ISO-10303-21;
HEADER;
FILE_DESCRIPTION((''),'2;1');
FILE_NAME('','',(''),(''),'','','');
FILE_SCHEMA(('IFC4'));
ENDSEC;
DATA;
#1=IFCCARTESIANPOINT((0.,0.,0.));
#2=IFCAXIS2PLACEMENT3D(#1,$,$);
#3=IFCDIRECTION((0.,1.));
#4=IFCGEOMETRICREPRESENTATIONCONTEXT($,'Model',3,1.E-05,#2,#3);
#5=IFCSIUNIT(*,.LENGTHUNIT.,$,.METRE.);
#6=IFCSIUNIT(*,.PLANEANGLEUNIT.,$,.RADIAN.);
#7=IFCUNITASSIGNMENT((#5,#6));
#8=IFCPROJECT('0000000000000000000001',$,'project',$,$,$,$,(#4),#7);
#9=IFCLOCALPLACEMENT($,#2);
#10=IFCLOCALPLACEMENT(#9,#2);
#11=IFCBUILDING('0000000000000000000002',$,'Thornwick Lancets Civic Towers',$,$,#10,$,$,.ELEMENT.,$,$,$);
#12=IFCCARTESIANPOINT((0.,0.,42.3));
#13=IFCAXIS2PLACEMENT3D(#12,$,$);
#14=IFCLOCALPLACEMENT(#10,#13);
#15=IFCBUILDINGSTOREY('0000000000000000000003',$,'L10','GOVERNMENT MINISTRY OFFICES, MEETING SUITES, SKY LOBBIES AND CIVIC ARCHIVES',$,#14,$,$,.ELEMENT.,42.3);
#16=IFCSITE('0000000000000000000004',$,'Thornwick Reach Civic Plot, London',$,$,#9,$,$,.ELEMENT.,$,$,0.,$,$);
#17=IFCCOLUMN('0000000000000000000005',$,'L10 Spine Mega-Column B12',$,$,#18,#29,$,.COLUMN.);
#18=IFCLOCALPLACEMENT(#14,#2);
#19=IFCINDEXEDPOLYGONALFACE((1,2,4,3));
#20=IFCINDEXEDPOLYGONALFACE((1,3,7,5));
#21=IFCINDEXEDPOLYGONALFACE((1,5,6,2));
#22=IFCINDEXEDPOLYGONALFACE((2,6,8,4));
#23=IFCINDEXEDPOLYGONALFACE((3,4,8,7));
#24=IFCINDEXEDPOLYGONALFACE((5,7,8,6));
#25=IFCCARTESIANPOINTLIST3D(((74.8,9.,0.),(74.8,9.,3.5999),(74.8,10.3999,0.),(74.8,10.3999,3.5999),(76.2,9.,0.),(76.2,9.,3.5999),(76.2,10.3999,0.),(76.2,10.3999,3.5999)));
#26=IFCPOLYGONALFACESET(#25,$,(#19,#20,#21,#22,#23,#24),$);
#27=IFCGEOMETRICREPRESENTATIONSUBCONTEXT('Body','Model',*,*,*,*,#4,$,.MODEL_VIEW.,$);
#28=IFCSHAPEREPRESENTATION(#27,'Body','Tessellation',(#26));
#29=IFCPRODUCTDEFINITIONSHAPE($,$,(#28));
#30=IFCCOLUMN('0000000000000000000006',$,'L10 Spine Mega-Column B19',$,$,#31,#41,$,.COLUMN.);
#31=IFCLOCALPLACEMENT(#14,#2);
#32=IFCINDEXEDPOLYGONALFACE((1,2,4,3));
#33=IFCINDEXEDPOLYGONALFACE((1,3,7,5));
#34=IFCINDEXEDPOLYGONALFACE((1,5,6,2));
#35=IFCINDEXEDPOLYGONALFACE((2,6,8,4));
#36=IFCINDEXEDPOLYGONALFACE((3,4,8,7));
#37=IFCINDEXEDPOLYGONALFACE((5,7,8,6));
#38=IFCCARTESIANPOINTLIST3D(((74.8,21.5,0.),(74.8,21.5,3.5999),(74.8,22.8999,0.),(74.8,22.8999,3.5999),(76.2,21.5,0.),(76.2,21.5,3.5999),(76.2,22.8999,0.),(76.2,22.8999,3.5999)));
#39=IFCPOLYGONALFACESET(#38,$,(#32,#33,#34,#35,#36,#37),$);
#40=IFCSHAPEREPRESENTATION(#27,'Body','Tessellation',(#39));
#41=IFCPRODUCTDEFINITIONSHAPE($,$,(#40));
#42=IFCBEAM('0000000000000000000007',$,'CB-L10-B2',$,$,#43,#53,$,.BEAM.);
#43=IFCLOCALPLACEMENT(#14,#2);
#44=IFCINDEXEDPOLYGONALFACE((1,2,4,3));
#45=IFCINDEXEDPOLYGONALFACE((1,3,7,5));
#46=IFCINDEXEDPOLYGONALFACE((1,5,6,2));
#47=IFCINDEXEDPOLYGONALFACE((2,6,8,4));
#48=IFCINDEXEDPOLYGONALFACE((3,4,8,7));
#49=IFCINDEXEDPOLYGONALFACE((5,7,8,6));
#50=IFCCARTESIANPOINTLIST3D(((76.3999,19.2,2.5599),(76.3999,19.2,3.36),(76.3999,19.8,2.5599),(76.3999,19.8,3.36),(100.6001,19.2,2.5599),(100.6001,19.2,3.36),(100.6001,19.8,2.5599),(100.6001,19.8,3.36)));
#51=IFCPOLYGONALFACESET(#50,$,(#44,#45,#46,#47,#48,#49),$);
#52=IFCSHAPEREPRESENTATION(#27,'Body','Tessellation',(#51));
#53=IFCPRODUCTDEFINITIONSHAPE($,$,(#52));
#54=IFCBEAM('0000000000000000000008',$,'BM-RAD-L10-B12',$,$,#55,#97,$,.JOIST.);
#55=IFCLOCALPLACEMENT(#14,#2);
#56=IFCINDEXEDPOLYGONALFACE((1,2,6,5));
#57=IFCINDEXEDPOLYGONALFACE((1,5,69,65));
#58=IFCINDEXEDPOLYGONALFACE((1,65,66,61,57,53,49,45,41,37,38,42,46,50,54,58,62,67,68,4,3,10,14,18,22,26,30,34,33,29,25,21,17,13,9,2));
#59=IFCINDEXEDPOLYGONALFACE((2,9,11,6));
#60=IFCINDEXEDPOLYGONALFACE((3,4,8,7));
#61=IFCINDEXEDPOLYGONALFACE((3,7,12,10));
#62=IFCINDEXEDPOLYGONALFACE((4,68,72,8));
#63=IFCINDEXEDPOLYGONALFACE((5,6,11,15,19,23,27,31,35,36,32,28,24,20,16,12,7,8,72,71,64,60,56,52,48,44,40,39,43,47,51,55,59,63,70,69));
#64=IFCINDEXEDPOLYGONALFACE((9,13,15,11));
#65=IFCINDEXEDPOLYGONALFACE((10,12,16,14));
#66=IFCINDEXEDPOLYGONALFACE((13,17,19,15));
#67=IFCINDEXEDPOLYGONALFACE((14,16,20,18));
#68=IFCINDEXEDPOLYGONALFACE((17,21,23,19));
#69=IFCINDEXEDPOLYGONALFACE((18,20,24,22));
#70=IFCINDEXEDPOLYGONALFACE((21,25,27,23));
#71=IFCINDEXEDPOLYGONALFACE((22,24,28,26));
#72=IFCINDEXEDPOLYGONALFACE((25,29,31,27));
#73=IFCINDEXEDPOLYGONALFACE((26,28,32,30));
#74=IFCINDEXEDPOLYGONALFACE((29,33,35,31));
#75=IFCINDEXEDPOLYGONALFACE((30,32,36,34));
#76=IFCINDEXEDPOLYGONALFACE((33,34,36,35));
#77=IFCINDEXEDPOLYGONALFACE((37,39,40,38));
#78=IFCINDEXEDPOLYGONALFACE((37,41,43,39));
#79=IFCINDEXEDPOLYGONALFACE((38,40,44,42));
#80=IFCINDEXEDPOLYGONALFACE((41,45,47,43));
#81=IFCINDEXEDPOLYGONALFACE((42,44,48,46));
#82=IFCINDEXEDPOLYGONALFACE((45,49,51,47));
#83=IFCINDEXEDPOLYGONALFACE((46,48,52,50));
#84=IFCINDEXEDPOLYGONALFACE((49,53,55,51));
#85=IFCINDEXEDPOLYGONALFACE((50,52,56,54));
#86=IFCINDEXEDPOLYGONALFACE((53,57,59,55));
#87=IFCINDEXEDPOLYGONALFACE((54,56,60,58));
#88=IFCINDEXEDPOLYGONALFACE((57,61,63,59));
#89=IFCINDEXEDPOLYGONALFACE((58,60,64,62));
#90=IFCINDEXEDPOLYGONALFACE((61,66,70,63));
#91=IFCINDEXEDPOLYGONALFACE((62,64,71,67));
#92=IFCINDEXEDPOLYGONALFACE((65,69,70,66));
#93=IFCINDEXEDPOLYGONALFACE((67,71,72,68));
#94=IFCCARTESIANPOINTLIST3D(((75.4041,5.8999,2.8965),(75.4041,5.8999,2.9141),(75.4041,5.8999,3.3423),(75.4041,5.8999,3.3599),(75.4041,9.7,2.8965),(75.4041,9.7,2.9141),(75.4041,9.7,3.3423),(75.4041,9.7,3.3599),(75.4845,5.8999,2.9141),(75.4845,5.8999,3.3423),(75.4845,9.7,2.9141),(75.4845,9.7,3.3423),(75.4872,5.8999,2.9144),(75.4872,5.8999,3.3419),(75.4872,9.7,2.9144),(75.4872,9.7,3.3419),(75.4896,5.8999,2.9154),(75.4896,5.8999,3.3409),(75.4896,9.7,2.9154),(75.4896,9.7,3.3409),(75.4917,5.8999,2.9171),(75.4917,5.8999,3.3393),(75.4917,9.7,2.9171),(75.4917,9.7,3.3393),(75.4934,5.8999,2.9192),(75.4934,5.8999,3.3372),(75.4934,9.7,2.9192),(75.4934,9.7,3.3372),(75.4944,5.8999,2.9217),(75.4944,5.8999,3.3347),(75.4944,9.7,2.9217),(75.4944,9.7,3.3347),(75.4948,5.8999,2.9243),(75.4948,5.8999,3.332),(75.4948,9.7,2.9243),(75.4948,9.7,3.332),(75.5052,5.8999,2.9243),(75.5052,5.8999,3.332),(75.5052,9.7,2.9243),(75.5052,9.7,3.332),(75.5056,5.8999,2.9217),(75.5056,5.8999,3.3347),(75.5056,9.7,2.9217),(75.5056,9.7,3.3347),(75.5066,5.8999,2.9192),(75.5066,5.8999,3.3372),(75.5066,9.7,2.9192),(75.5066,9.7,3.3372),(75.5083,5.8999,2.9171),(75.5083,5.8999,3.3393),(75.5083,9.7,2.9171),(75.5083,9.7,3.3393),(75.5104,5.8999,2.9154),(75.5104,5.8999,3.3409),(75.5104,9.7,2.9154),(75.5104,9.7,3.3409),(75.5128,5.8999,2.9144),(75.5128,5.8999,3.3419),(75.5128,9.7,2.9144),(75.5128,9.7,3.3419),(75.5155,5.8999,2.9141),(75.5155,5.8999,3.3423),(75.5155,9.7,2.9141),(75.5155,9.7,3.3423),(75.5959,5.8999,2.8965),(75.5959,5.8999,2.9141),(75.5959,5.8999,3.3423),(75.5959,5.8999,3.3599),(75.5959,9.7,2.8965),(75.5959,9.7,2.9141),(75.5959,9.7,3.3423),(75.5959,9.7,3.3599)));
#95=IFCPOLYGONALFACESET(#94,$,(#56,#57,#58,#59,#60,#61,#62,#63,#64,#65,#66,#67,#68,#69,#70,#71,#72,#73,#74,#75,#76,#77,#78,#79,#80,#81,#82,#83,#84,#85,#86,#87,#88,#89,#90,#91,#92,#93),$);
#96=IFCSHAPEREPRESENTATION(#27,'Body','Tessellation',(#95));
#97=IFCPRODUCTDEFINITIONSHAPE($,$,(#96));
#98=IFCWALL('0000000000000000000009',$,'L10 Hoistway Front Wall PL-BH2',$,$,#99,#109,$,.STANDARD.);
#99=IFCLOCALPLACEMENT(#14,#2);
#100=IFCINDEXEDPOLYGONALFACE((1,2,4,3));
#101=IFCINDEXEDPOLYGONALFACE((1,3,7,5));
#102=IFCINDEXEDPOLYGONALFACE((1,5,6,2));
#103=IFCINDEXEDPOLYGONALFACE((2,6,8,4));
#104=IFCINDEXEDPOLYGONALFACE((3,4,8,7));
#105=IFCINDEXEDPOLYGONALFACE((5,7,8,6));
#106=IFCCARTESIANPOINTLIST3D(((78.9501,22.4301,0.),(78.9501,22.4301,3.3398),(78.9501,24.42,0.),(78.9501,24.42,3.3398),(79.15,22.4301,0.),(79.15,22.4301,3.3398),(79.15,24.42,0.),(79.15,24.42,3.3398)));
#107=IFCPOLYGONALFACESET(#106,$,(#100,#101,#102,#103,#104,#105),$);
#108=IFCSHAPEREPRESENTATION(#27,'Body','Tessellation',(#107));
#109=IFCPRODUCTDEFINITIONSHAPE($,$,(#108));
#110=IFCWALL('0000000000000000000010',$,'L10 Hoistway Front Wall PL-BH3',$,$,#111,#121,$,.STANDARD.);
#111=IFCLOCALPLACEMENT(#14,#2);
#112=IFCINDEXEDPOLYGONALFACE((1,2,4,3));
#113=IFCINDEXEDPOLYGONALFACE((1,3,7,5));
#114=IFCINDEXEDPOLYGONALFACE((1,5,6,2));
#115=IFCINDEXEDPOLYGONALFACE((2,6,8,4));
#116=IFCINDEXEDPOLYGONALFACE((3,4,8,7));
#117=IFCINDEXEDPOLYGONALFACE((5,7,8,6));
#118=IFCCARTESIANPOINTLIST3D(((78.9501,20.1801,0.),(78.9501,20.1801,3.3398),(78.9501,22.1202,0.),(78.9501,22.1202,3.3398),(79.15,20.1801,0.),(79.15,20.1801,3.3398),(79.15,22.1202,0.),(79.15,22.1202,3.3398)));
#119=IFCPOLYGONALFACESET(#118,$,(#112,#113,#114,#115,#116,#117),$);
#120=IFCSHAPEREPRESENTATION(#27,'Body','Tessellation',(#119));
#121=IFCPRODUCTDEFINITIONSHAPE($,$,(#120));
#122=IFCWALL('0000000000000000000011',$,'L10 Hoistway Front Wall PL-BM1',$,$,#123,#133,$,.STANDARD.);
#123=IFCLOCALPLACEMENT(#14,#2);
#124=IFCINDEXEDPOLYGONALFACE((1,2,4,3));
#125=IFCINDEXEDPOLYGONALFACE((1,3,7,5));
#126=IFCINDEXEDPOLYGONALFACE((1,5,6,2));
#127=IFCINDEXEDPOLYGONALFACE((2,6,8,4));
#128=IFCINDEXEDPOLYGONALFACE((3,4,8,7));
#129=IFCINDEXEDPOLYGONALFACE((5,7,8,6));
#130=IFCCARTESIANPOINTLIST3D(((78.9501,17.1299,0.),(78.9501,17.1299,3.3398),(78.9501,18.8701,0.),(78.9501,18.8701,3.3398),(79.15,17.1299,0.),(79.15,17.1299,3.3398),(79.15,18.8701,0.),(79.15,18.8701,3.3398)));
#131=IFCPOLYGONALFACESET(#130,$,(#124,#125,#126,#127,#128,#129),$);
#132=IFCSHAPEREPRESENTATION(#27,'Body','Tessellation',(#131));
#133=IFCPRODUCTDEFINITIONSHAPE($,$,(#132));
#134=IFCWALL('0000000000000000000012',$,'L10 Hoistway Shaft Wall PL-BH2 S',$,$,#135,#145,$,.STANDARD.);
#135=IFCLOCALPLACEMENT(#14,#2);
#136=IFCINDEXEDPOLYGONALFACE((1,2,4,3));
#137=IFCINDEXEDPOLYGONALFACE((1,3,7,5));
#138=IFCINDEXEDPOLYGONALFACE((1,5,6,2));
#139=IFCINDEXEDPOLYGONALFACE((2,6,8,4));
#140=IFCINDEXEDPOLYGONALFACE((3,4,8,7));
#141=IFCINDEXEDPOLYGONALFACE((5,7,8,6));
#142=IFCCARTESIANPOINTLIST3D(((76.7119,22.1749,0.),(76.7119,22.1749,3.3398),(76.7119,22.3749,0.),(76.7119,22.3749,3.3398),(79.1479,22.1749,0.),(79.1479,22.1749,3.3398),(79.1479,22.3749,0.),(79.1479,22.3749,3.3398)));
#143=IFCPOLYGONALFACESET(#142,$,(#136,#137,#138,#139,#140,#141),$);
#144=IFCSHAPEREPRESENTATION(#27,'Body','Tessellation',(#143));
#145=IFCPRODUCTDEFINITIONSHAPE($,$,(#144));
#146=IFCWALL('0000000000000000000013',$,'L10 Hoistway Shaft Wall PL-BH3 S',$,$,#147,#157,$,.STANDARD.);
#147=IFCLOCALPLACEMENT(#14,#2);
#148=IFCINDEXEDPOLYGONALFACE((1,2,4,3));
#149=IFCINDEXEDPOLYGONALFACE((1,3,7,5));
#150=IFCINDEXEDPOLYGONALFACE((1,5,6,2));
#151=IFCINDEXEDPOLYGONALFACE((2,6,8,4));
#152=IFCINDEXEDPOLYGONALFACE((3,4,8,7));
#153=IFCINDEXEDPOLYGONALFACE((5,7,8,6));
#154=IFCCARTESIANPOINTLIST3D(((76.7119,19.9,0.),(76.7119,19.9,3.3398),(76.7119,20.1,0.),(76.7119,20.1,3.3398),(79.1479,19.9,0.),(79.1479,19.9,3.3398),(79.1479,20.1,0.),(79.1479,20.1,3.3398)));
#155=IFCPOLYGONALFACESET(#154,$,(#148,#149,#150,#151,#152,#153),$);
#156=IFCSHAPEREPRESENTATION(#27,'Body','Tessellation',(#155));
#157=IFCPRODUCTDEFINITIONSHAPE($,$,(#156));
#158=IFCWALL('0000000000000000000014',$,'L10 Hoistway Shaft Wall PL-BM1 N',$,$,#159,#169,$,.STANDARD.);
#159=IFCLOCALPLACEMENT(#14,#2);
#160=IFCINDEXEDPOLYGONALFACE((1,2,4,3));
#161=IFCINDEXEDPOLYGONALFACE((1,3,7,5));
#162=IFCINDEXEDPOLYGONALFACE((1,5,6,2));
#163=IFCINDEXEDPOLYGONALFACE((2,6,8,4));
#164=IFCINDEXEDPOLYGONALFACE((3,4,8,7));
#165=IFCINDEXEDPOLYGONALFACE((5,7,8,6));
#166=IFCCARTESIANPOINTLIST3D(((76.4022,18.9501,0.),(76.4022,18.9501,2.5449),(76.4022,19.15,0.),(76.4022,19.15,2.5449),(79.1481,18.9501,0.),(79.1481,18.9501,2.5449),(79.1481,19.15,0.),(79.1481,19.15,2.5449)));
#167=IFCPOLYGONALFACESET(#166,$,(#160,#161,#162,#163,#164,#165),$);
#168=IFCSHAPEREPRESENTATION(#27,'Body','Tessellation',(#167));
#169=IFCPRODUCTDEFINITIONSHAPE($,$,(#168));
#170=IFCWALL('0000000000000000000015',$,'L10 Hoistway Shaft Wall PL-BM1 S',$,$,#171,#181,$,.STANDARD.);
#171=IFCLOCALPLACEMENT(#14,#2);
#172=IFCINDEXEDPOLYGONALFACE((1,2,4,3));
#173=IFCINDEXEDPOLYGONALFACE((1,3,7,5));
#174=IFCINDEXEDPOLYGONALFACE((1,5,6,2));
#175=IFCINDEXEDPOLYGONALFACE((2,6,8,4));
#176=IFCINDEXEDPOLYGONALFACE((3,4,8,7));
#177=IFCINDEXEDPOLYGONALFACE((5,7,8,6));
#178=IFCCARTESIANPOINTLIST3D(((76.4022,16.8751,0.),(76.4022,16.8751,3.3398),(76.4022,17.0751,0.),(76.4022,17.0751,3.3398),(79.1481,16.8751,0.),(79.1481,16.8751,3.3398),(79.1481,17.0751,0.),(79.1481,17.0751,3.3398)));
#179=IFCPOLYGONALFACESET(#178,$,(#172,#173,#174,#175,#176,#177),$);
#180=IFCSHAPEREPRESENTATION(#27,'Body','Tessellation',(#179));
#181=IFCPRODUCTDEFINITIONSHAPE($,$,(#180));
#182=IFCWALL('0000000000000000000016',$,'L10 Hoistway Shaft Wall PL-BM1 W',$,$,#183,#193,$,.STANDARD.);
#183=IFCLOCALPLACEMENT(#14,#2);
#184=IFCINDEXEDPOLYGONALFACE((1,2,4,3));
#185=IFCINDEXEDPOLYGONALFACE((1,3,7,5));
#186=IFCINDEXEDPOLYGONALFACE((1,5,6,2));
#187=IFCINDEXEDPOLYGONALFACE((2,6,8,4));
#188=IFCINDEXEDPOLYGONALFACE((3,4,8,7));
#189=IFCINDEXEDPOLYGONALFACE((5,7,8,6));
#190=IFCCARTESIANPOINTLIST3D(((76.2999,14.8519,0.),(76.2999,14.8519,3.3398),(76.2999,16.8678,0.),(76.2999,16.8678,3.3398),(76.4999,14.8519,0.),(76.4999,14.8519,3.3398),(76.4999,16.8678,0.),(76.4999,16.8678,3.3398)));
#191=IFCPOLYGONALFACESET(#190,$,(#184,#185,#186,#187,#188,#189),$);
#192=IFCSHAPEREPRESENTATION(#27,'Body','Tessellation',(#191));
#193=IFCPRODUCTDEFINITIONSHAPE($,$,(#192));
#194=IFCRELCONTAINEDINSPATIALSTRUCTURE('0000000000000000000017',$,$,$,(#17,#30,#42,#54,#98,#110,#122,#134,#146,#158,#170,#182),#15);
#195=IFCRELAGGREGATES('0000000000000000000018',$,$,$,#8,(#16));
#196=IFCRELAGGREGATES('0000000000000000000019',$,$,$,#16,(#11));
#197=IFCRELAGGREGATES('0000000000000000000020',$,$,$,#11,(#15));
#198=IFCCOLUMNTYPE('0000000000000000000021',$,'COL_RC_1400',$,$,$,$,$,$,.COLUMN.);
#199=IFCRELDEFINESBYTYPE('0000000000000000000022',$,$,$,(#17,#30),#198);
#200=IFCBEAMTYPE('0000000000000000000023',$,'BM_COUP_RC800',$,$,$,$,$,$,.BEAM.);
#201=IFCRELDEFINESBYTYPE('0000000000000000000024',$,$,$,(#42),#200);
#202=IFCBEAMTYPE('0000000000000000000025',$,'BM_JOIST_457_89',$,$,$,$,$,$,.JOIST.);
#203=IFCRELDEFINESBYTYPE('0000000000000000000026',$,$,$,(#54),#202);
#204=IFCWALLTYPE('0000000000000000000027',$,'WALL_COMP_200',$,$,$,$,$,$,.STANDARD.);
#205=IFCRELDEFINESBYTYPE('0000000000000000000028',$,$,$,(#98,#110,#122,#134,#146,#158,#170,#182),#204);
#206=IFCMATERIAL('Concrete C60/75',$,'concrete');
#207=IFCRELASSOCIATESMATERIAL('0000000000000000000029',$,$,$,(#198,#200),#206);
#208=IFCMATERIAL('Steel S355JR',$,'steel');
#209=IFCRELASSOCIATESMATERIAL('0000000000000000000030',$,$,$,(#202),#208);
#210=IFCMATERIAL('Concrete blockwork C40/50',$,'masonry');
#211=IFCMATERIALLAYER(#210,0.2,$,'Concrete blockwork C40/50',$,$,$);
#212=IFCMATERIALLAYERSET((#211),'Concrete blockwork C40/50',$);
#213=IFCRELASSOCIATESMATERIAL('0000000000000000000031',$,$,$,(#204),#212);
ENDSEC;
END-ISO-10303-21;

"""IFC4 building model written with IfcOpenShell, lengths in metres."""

from ifc_helpers import new_model, si_unit, direction, frame, frame_2d, origin, origin_2d, place, context, subcontext, project, spatial, rectangle, i_section, extrude, material, layer, layer_set, material_profile, profile_set, type_object, element, save


model = new_model("IFC4")

# Units and contexts
model_context = context("Model", 3, precision=1e-05, world=origin(), true_north=direction((0.0, 1.0)))
body_context = subcontext(model_context, "Body", "Model", "MODEL_VIEW")
ifc_project = project(units=[si_unit("LENGTHUNIT", "METRE"), si_unit("PLANEANGLEUNIT", "RADIAN")], contexts=[model_context])

# Site, building, storey
site_placement = place(None, origin())
site = spatial("IfcSite", under=ifc_project, at=site_placement, Name="Thornwick Reach Civic Plot, London", CompositionType="ELEMENT", RefElevation=0.0)
building_placement = place(site_placement, origin())
building = spatial("IfcBuilding", under=site, at=building_placement, Name="Thornwick Lancets Civic Towers", CompositionType="ELEMENT")
storey_placement = place(building_placement, frame((0.0, 0.0, 42.3)))
storey = spatial("IfcBuildingStorey", under=building, at=storey_placement, Name="L10", Description="GOVERNMENT MINISTRY OFFICES, MEETING SUITES, SKY LOBBIES AND CIVIC ARCHIVES", CompositionType="ELEMENT", Elevation=42.3)

# Columns
ifc_material_1 = material(Name="Concrete C60/75", Category="concrete")
ifc_material_profile_1 = material_profile(ifc_material_1, rectangle(XDim=1.3999, YDim=1.3999, at=origin_2d()), Name="RC 1400x1400")
ifc_profile_set_1 = profile_set([ifc_material_profile_1], Name="Concrete C60/75")
column_type = type_object("IfcColumnType", Name="COL_RC_1400", PredefinedType="COLUMN", material=ifc_profile_set_1)
for number, where, z_axis, x_axis, name in (
    (1, (75.5, 9.7, 0.0), (0.0, 0.0, 1.0), (1.0, 0.0, 0.0), "L10 Spine Mega-Column B12"),
    (2, (75.5, 22.2, 0.0), (0.0, 0.0, 1.0), (1.0, 0.0, 0.0), "L10 Spine Mega-Column B19"),
):
    element("IfcColumn", number, at=place(storey_placement, frame(where, z_axis=z_axis, x_axis=x_axis)), inside=storey, type_object=column_type, Name=name, PredefinedType="COLUMN", context=body_context, shape_type="SweptSolid", body=[
        extrude(rectangle(XDim=1.3999, YDim=1.3999, at=origin_2d()), origin(), (0.0, 0.0, 1.0), 3.5999),
    ])

# Beams
ifc_material_profile_2 = material_profile(ifc_material_1, rectangle(XDim=0.6001, YDim=0.8, at=origin_2d()), Name="RC 600x800")
ifc_profile_set_2 = profile_set([ifc_material_profile_2], Name="Concrete C60/75")
beam_type_1 = type_object("IfcBeamType", Name="BM_COUP_RC800", PredefinedType="BEAM", material=ifc_profile_set_2)
beam_1_placement = place(storey_placement, frame((76.3999, 19.5, 2.96), z_axis=(1.0, 0.0, 0.0), x_axis=(0.0, 1.0, 0.0)))
element("IfcBeam", 3, at=beam_1_placement, inside=storey, type_object=beam_type_1, Name="CB-L10-B2", PredefinedType="BEAM", context=body_context, shape_type="SweptSolid", body=[
    extrude(rectangle(XDim=0.6001, YDim=0.8, at=origin_2d()), origin(), (0.0, 0.0, 1.0), 24.2002),
])
ifc_material_2 = material(Name="Steel S355JR", Category="steel")
ifc_material_profile_3 = material_profile(ifc_material_2, i_section(OverallWidth=0.1919, OverallDepth=0.4634, WebThickness=0.0105, FlangeThickness=0.0176, FilletRadius=0.0103, at=origin_2d()), Name="UKB 457x191x89")
ifc_profile_set_3 = profile_set([ifc_material_profile_3], Name="Steel S355JR")
beam_type_2 = type_object("IfcBeamType", Name="BM_JOIST_457_89", PredefinedType="JOIST", material=ifc_profile_set_3)
beam_2_placement = place(storey_placement, frame((75.5, 9.7, 3.1282), z_axis=(0.0, -1.0, 0.0), x_axis=(1.0, 0.0, 0.0)))
element("IfcBeam", 4, at=beam_2_placement, inside=storey, type_object=beam_type_2, Name="BM-RAD-L10-B12", PredefinedType="JOIST", context=body_context, shape_type="SweptSolid", body=[
    extrude(i_section(OverallWidth=0.1919, OverallDepth=0.4634, WebThickness=0.0105, FlangeThickness=0.0176, FilletRadius=0.0103, at=origin_2d()), origin(), (0.0, 0.0, 1.0), 3.8),
])

# Walls
ifc_material_3 = material(Name="Concrete blockwork C40/50", Category="masonry")
ifc_layer_1 = layer(ifc_material_3, 0.2, Name="Concrete blockwork C40/50")
ifc_layer_set_1 = layer_set([ifc_layer_1], Name="Concrete blockwork C40/50")
wall_type_1 = type_object("IfcWallType", Name="WALL_COMP_200", PredefinedType="STANDARD", material=ifc_layer_set_1)
wall_1_placement = place(storey_placement, frame((79.05, 22.4299, 0.0), z_axis=(0.0, 0.0, 1.0), x_axis=(0.0, 1.0, 0.0)))
element("IfcWall", 5, at=wall_1_placement, inside=storey, type_object=wall_type_1, Name="L10 Hoistway Front Wall PL-BH2", PredefinedType="STANDARD", context=body_context, shape_type="SweptSolid", body=[
    extrude(rectangle(XDim=1.99, YDim=0.2, at=frame_2d((0.9951, 0.0))), origin(), (0.0, 0.0, 1.0), 3.3398),
])
wall_2_placement = place(storey_placement, frame((79.05, 20.1799, 0.0), z_axis=(0.0, 0.0, 1.0), x_axis=(0.0, 1.0, 0.0)))
element("IfcWall", 6, at=wall_2_placement, inside=storey, type_object=wall_type_1, Name="L10 Hoistway Front Wall PL-BH3", PredefinedType="STANDARD", context=body_context, shape_type="SweptSolid", body=[
    extrude(rectangle(XDim=1.9402, YDim=0.2, at=frame_2d((0.9702, 0.0))), origin(), (0.0, 0.0, 1.0), 3.3398),
])
wall_3_placement = place(storey_placement, frame((79.05, 17.1299, 0.0), z_axis=(0.0, 0.0, 1.0), x_axis=(0.0, 1.0, 0.0)))
element("IfcWall", 7, at=wall_3_placement, inside=storey, type_object=wall_type_1, Name="L10 Hoistway Front Wall PL-BM1", PredefinedType="STANDARD", context=body_context, shape_type="SweptSolid", body=[
    extrude(rectangle(XDim=1.7402, YDim=0.2, at=frame_2d((0.8701, 0.0))), origin(), (0.0, 0.0, 1.0), 3.3398),
])
for number, where, z_axis, x_axis, name in (
    (8, (76.7119, 22.2749, 0.0), (0.0, 0.0, 1.0), (1.0, 0.0, 0.0), "L10 Hoistway Shaft Wall PL-BH2 S"),
    (9, (76.7119, 20.0, 0.0), (0.0, 0.0, 1.0), (1.0, 0.0, 0.0), "L10 Hoistway Shaft Wall PL-BH3 S"),
):
    element("IfcWall", number, at=place(storey_placement, frame(where, z_axis=z_axis, x_axis=x_axis)), inside=storey, type_object=wall_type_1, Name=name, PredefinedType="STANDARD", context=body_context, shape_type="SweptSolid", body=[
        extrude(rectangle(XDim=2.436, YDim=0.2, at=frame_2d((1.218, 0.0))), origin(), (0.0, 0.0, 1.0), 3.3398),
    ])
wall_4_placement = place(storey_placement, frame((76.4021, 19.05, 0.0), z_axis=(0.0, 0.0, 1.0), x_axis=(1.0, 0.0, 0.0)))
element("IfcWall", 10, at=wall_4_placement, inside=storey, type_object=wall_type_1, Name="L10 Hoistway Shaft Wall PL-BM1 N", PredefinedType="STANDARD", context=body_context, shape_type="SweptSolid", body=[
    extrude(rectangle(XDim=2.7458, YDim=0.2, at=frame_2d((1.373, 0.0))), origin(), (0.0, 0.0, 1.0), 2.5449),
])
wall_5_placement = place(storey_placement, frame((76.4021, 16.9751, 0.0), z_axis=(0.0, 0.0, 1.0), x_axis=(1.0, 0.0, 0.0)))
element("IfcWall", 11, at=wall_5_placement, inside=storey, type_object=wall_type_1, Name="L10 Hoistway Shaft Wall PL-BM1 S", PredefinedType="STANDARD", context=body_context, shape_type="SweptSolid", body=[
    extrude(rectangle(XDim=2.7458, YDim=0.2, at=frame_2d((1.373, 0.0))), origin(), (0.0, 0.0, 1.0), 3.3398),
])
wall_6_placement = place(storey_placement, frame((76.3999, 14.8521, 0.0), z_axis=(0.0, 0.0, 1.0), x_axis=(0.0, 1.0, 0.0)))
element("IfcWall", 12, at=wall_6_placement, inside=storey, type_object=wall_type_1, Name="L10 Hoistway Shaft Wall PL-BM1 W", PredefinedType="STANDARD", context=body_context, shape_type="SweptSolid", body=[
    extrude(rectangle(XDim=2.0159, YDim=0.2, at=frame_2d((1.0078, 0.0))), origin(), (0.0, 0.0, 1.0), 3.3398),
])

save(model, "model.ifc")
